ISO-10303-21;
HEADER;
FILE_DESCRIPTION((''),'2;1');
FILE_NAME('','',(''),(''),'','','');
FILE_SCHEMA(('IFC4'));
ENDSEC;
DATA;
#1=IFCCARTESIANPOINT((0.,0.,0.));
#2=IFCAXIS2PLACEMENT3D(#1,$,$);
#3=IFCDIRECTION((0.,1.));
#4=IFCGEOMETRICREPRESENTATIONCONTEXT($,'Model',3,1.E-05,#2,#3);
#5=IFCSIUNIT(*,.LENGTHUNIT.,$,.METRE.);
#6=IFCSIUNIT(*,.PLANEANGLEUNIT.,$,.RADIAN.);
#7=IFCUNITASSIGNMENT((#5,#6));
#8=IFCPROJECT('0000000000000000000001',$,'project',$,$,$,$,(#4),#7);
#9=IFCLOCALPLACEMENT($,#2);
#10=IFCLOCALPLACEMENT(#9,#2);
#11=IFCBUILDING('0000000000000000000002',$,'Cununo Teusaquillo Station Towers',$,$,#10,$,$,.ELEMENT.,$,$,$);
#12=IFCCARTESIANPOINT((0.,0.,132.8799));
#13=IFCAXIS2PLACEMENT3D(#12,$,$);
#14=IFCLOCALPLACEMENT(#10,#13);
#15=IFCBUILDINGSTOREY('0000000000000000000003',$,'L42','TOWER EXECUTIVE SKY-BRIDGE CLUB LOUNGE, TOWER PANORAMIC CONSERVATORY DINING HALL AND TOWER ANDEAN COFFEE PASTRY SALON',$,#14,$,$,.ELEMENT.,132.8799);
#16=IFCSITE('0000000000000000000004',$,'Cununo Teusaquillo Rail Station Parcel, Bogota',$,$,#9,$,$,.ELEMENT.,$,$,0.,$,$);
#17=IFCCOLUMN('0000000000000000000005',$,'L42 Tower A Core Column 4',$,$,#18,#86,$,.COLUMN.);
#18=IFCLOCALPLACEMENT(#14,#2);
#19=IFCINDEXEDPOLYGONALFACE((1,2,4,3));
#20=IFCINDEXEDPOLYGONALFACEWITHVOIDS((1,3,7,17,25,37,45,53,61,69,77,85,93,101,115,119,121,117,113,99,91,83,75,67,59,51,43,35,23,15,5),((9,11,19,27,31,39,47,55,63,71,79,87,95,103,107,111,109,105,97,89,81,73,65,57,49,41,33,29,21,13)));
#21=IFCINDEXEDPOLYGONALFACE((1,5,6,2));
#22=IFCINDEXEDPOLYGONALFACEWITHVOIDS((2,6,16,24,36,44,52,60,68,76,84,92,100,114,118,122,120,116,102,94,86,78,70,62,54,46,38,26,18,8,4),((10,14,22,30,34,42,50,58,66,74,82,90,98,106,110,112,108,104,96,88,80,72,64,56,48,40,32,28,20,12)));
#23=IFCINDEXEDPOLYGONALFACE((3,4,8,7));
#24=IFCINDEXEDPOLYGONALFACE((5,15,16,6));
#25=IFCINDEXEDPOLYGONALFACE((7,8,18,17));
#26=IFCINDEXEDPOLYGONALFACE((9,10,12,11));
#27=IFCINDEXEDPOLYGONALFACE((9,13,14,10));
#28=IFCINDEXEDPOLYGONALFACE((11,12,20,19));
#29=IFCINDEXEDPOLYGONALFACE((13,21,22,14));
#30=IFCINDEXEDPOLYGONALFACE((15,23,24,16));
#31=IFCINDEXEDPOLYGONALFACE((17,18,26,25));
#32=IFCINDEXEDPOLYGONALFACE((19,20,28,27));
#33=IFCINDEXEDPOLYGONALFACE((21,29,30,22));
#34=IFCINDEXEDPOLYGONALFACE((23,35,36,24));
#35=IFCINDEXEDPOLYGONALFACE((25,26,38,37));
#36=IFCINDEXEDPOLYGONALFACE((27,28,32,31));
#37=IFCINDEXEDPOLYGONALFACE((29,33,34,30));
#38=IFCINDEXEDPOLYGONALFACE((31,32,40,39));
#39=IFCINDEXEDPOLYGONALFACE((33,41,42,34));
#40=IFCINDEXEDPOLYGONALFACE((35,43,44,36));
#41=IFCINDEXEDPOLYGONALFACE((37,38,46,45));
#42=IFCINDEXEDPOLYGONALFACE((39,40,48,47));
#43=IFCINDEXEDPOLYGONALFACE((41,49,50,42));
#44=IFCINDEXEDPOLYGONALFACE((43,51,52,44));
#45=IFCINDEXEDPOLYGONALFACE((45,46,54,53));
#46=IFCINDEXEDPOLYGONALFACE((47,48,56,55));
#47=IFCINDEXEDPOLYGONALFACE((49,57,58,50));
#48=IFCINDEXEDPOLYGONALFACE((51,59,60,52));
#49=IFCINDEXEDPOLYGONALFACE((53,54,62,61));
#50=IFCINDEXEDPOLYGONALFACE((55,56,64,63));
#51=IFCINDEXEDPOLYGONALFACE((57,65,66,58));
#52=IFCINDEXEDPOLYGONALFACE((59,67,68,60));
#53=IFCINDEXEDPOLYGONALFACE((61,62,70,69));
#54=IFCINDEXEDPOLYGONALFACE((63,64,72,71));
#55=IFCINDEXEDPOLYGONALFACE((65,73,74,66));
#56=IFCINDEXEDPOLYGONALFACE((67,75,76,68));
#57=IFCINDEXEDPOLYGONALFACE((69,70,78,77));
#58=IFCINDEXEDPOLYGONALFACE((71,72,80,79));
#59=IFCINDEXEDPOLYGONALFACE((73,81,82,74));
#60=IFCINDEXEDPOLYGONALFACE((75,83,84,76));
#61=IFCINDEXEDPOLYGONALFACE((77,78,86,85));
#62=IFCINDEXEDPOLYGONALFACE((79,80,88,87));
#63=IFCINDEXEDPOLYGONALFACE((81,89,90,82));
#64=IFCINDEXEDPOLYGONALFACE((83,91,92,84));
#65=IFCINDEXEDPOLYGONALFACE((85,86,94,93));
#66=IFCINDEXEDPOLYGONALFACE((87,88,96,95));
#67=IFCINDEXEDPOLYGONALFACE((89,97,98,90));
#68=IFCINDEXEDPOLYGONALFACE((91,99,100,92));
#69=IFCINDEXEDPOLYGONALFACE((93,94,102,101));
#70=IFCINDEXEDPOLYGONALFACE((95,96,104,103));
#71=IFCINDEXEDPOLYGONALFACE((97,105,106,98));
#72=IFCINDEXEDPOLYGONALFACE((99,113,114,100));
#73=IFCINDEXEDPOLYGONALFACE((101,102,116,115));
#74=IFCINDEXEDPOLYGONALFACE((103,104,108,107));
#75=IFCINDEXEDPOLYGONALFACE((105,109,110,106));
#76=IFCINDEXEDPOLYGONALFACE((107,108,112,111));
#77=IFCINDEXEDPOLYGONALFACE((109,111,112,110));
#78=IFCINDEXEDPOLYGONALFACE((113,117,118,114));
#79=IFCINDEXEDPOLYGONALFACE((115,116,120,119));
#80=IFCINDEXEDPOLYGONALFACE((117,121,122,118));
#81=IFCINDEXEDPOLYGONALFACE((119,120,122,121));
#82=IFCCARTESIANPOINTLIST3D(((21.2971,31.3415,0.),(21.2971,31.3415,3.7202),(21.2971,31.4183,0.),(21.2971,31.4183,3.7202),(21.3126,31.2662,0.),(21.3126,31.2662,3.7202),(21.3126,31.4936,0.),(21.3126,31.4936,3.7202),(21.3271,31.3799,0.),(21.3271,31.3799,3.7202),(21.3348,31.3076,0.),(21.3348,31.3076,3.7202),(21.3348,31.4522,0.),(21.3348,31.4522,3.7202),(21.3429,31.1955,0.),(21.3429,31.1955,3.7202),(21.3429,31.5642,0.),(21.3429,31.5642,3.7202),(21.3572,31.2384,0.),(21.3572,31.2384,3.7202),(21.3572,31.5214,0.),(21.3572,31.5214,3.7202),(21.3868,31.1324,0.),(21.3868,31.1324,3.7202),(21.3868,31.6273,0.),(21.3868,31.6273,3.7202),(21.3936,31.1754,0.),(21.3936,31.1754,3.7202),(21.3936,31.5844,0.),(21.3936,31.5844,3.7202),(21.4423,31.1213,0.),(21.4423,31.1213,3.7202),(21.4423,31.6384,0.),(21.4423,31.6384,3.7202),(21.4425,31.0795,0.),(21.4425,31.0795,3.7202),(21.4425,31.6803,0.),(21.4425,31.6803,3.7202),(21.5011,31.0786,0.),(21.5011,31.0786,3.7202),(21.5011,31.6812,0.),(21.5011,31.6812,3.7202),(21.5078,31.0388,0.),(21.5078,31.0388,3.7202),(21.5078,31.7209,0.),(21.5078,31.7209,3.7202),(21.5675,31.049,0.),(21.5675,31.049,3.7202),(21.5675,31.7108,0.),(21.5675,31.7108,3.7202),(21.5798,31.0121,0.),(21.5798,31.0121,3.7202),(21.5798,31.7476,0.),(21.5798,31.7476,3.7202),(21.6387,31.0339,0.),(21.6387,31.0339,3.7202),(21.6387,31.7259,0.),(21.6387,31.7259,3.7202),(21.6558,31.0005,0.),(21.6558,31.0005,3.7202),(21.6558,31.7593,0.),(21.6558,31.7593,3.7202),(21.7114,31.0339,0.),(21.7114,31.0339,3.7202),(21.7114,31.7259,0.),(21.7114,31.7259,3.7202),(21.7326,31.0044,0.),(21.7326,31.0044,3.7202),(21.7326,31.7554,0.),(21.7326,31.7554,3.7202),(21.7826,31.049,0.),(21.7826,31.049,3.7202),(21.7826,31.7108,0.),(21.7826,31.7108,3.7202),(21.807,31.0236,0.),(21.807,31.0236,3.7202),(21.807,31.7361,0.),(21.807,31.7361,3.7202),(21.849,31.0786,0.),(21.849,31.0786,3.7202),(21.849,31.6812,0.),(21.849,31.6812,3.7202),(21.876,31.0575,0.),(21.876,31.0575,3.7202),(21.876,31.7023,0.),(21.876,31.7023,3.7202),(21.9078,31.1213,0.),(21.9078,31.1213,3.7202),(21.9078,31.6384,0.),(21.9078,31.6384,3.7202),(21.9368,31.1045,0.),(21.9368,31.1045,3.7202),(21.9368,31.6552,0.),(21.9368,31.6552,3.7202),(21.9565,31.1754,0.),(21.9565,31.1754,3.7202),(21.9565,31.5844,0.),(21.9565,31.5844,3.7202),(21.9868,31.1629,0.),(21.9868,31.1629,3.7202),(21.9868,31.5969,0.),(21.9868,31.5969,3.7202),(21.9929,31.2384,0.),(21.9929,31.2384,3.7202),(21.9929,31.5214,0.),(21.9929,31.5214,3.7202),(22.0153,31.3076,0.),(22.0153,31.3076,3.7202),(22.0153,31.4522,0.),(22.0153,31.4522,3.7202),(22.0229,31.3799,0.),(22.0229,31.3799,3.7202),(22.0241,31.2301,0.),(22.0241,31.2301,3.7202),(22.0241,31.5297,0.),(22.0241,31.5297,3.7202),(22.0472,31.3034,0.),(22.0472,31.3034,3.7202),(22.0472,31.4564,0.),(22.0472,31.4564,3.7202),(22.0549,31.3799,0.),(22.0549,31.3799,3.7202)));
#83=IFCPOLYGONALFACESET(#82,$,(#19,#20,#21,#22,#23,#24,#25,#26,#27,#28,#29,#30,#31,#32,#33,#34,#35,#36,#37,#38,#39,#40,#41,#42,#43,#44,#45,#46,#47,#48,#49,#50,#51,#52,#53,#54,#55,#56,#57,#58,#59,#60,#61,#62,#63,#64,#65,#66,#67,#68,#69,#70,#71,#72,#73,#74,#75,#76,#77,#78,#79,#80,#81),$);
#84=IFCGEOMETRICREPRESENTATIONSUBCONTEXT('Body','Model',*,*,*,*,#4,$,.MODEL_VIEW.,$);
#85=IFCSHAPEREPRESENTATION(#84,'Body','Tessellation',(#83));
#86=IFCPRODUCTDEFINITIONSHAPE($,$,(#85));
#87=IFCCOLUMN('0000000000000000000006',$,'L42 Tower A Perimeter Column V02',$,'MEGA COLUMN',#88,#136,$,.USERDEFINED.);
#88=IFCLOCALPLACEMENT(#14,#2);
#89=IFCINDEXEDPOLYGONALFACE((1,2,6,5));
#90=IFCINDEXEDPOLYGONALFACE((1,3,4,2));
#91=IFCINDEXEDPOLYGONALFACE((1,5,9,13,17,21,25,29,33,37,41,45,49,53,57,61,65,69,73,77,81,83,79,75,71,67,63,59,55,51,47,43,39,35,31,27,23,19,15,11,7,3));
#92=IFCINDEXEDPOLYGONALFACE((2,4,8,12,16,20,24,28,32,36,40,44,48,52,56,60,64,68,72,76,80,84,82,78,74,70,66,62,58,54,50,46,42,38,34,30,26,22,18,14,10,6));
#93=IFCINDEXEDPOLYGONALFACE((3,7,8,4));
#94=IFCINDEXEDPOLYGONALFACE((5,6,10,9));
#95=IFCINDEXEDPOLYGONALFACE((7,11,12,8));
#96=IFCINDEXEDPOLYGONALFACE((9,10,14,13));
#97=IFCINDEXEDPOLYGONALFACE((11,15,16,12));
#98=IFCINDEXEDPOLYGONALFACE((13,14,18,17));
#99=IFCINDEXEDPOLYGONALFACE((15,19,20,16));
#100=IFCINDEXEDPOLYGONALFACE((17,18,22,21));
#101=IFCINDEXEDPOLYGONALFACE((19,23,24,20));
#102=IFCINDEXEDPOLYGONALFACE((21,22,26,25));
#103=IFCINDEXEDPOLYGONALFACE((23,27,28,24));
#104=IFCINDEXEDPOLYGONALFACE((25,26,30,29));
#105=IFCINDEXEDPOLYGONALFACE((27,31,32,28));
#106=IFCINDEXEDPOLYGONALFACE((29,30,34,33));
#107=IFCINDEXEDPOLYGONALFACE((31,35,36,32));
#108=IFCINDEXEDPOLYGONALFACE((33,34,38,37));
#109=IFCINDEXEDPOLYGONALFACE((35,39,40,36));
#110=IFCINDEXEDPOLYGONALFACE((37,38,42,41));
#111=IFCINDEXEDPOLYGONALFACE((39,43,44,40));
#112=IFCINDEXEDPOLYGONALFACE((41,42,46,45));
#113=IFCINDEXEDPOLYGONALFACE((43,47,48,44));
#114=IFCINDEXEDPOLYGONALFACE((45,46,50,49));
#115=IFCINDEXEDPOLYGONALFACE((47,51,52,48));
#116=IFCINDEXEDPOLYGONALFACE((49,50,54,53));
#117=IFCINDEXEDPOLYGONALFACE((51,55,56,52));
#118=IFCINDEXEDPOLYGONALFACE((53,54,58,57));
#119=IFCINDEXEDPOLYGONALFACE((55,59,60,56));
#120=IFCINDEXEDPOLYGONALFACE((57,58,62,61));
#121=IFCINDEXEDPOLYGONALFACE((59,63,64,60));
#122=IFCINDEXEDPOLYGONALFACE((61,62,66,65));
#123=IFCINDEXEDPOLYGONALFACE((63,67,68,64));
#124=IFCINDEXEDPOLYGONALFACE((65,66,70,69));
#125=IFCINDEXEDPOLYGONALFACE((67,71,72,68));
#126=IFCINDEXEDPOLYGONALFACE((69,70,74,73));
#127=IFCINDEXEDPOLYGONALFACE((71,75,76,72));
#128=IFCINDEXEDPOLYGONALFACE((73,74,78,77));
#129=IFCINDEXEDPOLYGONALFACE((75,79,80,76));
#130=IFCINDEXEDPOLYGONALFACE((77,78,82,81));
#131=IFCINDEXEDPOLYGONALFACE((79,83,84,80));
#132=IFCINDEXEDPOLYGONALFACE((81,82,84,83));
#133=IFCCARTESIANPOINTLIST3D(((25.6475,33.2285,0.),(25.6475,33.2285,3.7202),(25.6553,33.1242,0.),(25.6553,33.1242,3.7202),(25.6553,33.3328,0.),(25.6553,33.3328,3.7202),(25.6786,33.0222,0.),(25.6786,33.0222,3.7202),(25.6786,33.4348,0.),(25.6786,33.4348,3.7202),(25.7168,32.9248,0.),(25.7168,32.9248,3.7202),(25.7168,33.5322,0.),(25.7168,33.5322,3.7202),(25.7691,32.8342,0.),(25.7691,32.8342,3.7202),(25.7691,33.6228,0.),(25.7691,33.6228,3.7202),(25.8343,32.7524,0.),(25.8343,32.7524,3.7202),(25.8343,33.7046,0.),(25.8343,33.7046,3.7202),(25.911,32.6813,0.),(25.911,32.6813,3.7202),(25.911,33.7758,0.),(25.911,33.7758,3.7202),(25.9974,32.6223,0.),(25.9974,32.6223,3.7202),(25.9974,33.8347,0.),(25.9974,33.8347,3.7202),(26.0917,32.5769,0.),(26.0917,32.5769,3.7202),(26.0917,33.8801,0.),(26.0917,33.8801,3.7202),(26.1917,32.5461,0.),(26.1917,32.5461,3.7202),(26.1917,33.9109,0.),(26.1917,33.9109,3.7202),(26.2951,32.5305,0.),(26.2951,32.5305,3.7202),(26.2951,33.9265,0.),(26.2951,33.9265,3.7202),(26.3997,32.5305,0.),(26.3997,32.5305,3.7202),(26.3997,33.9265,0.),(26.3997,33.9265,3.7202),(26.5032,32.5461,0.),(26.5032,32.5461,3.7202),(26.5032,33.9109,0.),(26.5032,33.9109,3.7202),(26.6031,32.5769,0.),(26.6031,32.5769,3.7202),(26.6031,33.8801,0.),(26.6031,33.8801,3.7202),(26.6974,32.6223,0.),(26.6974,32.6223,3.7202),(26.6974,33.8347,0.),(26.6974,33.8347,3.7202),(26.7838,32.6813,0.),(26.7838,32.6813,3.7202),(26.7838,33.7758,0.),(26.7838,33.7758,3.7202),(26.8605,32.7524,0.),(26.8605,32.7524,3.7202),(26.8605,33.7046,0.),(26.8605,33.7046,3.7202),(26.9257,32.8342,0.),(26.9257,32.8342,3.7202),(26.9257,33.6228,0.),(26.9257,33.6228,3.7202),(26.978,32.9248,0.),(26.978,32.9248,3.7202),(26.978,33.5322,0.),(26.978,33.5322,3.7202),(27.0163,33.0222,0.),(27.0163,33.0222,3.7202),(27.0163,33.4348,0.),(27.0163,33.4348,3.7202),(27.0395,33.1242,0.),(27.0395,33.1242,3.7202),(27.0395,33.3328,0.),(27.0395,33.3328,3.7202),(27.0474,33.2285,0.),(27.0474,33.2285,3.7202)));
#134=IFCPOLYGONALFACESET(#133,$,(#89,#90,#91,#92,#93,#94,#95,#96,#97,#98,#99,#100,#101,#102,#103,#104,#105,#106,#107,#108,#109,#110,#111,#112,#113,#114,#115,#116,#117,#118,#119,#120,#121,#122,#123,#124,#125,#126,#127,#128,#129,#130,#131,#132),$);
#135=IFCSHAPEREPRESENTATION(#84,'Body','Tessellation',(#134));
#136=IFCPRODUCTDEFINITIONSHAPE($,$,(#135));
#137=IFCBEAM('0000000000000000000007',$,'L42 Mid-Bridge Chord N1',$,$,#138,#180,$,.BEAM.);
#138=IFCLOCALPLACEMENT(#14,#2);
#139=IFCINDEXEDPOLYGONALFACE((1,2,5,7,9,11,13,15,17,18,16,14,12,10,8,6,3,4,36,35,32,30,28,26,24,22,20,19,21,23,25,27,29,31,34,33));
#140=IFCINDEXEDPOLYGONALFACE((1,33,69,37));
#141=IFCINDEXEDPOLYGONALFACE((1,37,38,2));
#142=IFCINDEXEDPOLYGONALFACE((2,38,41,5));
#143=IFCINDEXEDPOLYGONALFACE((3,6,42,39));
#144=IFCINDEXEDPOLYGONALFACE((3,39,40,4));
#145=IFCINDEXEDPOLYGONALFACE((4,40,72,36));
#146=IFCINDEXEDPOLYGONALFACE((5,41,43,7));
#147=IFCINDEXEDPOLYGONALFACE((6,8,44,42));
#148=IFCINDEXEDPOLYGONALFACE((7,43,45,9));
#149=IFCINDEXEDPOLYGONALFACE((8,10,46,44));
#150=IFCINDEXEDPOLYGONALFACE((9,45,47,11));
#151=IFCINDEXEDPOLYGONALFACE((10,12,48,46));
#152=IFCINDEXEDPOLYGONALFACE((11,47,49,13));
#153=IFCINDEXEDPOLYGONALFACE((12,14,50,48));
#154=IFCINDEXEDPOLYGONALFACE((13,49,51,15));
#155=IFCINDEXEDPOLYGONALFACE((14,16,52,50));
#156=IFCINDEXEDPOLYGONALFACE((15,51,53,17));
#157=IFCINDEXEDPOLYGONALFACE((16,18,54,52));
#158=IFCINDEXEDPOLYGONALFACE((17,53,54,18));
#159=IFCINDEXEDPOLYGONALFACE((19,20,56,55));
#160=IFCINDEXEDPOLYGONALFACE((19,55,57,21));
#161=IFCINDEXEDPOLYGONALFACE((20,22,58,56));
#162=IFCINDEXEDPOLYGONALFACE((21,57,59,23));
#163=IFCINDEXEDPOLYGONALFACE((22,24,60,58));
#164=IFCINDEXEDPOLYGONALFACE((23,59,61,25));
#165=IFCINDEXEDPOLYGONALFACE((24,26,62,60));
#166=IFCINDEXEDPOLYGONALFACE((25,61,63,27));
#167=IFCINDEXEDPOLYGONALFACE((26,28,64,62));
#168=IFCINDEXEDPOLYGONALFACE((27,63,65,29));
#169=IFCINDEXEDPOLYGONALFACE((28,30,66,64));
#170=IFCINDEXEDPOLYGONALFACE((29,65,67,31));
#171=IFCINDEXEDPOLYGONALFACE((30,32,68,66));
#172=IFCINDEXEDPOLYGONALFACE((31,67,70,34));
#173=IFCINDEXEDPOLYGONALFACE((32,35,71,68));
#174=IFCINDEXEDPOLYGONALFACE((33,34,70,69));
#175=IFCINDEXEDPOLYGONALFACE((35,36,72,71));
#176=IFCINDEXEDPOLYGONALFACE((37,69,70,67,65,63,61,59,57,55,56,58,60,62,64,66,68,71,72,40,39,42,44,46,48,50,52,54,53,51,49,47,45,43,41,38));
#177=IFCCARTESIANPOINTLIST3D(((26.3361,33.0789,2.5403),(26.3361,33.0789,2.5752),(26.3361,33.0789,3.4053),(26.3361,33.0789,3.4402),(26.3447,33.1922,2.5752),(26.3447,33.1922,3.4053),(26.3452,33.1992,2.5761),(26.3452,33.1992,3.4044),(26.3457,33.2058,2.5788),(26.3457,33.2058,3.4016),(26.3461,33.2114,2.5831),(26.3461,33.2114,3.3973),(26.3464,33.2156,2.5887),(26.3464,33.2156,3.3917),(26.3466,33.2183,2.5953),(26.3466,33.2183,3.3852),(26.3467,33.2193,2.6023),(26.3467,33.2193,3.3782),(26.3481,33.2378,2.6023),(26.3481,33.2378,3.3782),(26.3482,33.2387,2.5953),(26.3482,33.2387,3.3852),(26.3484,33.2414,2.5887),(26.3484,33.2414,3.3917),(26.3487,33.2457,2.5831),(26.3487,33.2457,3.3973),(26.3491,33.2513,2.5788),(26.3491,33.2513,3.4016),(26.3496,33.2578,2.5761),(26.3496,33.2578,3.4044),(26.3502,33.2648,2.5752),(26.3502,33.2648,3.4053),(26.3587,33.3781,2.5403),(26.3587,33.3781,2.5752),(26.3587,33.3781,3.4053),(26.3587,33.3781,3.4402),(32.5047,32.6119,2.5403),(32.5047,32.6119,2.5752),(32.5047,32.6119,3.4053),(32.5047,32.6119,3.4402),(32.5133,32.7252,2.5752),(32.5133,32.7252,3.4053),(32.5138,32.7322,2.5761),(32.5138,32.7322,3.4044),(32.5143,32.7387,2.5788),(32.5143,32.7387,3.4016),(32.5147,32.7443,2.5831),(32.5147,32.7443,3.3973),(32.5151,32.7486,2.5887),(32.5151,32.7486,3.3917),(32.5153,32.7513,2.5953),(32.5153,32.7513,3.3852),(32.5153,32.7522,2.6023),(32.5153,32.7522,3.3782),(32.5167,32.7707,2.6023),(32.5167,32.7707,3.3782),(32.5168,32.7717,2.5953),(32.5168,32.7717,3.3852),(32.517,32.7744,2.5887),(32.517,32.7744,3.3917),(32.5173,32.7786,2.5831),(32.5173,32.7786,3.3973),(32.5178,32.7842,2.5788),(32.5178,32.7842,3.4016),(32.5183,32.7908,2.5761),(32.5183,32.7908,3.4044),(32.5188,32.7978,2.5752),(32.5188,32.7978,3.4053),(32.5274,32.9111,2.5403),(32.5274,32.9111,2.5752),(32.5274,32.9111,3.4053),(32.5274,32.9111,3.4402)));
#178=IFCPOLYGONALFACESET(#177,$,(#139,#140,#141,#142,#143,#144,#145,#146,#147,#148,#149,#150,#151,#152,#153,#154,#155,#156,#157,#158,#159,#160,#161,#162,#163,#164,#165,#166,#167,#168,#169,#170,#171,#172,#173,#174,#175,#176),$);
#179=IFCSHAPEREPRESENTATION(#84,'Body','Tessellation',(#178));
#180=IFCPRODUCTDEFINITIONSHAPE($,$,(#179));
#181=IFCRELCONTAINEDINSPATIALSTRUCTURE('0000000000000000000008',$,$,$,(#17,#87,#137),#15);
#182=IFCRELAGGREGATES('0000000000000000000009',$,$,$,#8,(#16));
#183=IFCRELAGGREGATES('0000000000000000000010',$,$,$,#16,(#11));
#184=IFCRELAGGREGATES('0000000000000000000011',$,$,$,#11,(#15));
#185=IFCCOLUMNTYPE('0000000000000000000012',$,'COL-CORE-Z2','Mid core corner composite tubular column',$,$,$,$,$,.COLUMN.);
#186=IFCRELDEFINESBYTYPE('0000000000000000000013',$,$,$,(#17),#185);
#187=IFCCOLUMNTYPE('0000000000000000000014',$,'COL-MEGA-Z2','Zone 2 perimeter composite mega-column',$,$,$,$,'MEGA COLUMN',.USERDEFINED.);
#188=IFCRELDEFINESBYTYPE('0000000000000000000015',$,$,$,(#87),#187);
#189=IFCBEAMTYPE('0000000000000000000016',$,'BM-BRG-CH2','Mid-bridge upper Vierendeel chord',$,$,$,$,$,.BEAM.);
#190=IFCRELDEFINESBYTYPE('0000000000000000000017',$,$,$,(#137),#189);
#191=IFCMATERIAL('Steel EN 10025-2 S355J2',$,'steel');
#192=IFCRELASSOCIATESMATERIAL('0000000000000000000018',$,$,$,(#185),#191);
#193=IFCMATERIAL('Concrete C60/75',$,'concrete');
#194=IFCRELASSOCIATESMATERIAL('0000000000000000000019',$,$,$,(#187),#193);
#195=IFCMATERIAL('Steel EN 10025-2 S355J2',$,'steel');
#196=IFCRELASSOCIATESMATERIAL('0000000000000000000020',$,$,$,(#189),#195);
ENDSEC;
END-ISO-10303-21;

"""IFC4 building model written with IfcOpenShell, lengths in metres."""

from ifc_helpers import new_model, si_unit, direction, frame, origin, origin_2d, place, context, subcontext, project, spatial, circle, hollow_circle, i_section, extrude, material, material_profile, profile_set, type_object, element, save


model = new_model("IFC4")

# Units and contexts
model_context = context("Model", 3, precision=1e-05, world=origin(), true_north=direction((0.0, 1.0)))
body_context = subcontext(model_context, "Body", "Model", "MODEL_VIEW")
ifc_project = project(units=[si_unit("LENGTHUNIT", "METRE"), si_unit("PLANEANGLEUNIT", "RADIAN")], contexts=[model_context])

# Site, building, storey
site_placement = place(None, origin())
site = spatial("IfcSite", under=ifc_project, at=site_placement, Name="Cununo Teusaquillo Rail Station Parcel, Bogota", CompositionType="ELEMENT", RefElevation=0.0)
building_placement = place(site_placement, origin())
building = spatial("IfcBuilding", under=site, at=building_placement, Name="Cununo Teusaquillo Station Towers", CompositionType="ELEMENT")
storey_placement = place(building_placement, frame((0.0, 0.0, 132.8799)))
storey = spatial("IfcBuildingStorey", under=building, at=storey_placement, Name="L42", Description="TOWER EXECUTIVE SKY-BRIDGE CLUB LOUNGE, TOWER PANORAMIC CONSERVATORY DINING HALL AND TOWER ANDEAN COFFEE PASTRY SALON", CompositionType="ELEMENT", Elevation=132.8799)

# Columns
ifc_material_1 = material(Name="Steel EN 10025-2 S355J2", Category="steel")
ifc_material_profile_1 = material_profile(ifc_material_1, hollow_circle(Radius=0.3799, WallThickness=0.032, at=origin_2d()), Name="CHS 760x32")
ifc_profile_set_1 = profile_set([ifc_material_profile_1], Name="Steel EN 10025-2 S355J2")
column_type_1 = type_object("IfcColumnType", Name="COL-CORE-Z2", Description="Mid core corner composite tubular column", PredefinedType="COLUMN", material=ifc_profile_set_1)
column_1_placement = place(storey_placement, frame((21.675, 31.3799, 0.0), z_axis=(0.0, 0.0, 1.0), x_axis=(1.0, 0.0, 0.0)))
element("IfcColumn", 1, at=column_1_placement, inside=storey, type_object=column_type_1, Name="L42 Tower A Core Column 4", PredefinedType="COLUMN", context=body_context, shape_type="SweptSolid", body=[
    extrude(hollow_circle(Radius=0.3799, WallThickness=0.032, at=origin_2d()), origin(), (0.0, 0.0, 1.0), 3.7202),
])
ifc_material_2 = material(Name="Concrete C60/75", Category="concrete")
ifc_material_profile_2 = material_profile(ifc_material_2, circle(Radius=0.7, at=origin_2d()), Name="RC-CIRC-1400")
ifc_profile_set_2 = profile_set([ifc_material_profile_2], Name="Concrete C60/75")
column_type_2 = type_object("IfcColumnType", Name="COL-MEGA-Z2", Description="Zone 2 perimeter composite mega-column", ElementType="MEGA COLUMN", PredefinedType="USERDEFINED", material=ifc_profile_set_2)
column_2_placement = place(storey_placement, frame((26.3474, 33.2285, 0.0), z_axis=(0.0, 0.0, 1.0), x_axis=(1.0, 0.0, 0.0)))
element("IfcColumn", 2, at=column_2_placement, inside=storey, type_object=column_type_2, Name="L42 Tower A Perimeter Column V02", ObjectType="MEGA COLUMN", PredefinedType="USERDEFINED", context=body_context, shape_type="SweptSolid", body=[
    extrude(circle(Radius=0.7, at=origin_2d()), origin(), (0.0, 0.0, 1.0), 3.7202),
])

# Beam
ifc_material_3 = material(Name="Steel EN 10025-2 S355J2", Category="steel")
ifc_material_profile_3 = material_profile(ifc_material_3, i_section(OverallWidth=0.3, OverallDepth=0.8999, WebThickness=0.0186, FlangeThickness=0.0349, FilletRadius=0.0271, at=origin_2d()), Name="HEB 900")
ifc_profile_set_3 = profile_set([ifc_material_profile_3], Name="Steel EN 10025-2 S355J2")
beam_type_1 = type_object("IfcBeamType", Name="BM-BRG-CH2", Description="Mid-bridge upper Vierendeel chord", PredefinedType="BEAM", material=ifc_profile_set_3)
beam_1_placement = place(storey_placement, frame((26.3474, 33.2285, 2.9902), z_axis=(0.997146, -0.075495, 0.0), x_axis=(0.075495, 0.997146, 0.0)))
element("IfcBeam", 3, at=beam_1_placement, inside=storey, type_object=beam_type_1, Name="L42 Mid-Bridge Chord N1", PredefinedType="BEAM", context=body_context, shape_type="SweptSolid", body=[
    extrude(i_section(OverallWidth=0.3, OverallDepth=0.8999, WebThickness=0.0186, FlangeThickness=0.0349, FilletRadius=0.0271, at=origin_2d()), origin(), (0.0, 0.0, 1.0), 6.1863),
])

save(model, "model.ifc")
